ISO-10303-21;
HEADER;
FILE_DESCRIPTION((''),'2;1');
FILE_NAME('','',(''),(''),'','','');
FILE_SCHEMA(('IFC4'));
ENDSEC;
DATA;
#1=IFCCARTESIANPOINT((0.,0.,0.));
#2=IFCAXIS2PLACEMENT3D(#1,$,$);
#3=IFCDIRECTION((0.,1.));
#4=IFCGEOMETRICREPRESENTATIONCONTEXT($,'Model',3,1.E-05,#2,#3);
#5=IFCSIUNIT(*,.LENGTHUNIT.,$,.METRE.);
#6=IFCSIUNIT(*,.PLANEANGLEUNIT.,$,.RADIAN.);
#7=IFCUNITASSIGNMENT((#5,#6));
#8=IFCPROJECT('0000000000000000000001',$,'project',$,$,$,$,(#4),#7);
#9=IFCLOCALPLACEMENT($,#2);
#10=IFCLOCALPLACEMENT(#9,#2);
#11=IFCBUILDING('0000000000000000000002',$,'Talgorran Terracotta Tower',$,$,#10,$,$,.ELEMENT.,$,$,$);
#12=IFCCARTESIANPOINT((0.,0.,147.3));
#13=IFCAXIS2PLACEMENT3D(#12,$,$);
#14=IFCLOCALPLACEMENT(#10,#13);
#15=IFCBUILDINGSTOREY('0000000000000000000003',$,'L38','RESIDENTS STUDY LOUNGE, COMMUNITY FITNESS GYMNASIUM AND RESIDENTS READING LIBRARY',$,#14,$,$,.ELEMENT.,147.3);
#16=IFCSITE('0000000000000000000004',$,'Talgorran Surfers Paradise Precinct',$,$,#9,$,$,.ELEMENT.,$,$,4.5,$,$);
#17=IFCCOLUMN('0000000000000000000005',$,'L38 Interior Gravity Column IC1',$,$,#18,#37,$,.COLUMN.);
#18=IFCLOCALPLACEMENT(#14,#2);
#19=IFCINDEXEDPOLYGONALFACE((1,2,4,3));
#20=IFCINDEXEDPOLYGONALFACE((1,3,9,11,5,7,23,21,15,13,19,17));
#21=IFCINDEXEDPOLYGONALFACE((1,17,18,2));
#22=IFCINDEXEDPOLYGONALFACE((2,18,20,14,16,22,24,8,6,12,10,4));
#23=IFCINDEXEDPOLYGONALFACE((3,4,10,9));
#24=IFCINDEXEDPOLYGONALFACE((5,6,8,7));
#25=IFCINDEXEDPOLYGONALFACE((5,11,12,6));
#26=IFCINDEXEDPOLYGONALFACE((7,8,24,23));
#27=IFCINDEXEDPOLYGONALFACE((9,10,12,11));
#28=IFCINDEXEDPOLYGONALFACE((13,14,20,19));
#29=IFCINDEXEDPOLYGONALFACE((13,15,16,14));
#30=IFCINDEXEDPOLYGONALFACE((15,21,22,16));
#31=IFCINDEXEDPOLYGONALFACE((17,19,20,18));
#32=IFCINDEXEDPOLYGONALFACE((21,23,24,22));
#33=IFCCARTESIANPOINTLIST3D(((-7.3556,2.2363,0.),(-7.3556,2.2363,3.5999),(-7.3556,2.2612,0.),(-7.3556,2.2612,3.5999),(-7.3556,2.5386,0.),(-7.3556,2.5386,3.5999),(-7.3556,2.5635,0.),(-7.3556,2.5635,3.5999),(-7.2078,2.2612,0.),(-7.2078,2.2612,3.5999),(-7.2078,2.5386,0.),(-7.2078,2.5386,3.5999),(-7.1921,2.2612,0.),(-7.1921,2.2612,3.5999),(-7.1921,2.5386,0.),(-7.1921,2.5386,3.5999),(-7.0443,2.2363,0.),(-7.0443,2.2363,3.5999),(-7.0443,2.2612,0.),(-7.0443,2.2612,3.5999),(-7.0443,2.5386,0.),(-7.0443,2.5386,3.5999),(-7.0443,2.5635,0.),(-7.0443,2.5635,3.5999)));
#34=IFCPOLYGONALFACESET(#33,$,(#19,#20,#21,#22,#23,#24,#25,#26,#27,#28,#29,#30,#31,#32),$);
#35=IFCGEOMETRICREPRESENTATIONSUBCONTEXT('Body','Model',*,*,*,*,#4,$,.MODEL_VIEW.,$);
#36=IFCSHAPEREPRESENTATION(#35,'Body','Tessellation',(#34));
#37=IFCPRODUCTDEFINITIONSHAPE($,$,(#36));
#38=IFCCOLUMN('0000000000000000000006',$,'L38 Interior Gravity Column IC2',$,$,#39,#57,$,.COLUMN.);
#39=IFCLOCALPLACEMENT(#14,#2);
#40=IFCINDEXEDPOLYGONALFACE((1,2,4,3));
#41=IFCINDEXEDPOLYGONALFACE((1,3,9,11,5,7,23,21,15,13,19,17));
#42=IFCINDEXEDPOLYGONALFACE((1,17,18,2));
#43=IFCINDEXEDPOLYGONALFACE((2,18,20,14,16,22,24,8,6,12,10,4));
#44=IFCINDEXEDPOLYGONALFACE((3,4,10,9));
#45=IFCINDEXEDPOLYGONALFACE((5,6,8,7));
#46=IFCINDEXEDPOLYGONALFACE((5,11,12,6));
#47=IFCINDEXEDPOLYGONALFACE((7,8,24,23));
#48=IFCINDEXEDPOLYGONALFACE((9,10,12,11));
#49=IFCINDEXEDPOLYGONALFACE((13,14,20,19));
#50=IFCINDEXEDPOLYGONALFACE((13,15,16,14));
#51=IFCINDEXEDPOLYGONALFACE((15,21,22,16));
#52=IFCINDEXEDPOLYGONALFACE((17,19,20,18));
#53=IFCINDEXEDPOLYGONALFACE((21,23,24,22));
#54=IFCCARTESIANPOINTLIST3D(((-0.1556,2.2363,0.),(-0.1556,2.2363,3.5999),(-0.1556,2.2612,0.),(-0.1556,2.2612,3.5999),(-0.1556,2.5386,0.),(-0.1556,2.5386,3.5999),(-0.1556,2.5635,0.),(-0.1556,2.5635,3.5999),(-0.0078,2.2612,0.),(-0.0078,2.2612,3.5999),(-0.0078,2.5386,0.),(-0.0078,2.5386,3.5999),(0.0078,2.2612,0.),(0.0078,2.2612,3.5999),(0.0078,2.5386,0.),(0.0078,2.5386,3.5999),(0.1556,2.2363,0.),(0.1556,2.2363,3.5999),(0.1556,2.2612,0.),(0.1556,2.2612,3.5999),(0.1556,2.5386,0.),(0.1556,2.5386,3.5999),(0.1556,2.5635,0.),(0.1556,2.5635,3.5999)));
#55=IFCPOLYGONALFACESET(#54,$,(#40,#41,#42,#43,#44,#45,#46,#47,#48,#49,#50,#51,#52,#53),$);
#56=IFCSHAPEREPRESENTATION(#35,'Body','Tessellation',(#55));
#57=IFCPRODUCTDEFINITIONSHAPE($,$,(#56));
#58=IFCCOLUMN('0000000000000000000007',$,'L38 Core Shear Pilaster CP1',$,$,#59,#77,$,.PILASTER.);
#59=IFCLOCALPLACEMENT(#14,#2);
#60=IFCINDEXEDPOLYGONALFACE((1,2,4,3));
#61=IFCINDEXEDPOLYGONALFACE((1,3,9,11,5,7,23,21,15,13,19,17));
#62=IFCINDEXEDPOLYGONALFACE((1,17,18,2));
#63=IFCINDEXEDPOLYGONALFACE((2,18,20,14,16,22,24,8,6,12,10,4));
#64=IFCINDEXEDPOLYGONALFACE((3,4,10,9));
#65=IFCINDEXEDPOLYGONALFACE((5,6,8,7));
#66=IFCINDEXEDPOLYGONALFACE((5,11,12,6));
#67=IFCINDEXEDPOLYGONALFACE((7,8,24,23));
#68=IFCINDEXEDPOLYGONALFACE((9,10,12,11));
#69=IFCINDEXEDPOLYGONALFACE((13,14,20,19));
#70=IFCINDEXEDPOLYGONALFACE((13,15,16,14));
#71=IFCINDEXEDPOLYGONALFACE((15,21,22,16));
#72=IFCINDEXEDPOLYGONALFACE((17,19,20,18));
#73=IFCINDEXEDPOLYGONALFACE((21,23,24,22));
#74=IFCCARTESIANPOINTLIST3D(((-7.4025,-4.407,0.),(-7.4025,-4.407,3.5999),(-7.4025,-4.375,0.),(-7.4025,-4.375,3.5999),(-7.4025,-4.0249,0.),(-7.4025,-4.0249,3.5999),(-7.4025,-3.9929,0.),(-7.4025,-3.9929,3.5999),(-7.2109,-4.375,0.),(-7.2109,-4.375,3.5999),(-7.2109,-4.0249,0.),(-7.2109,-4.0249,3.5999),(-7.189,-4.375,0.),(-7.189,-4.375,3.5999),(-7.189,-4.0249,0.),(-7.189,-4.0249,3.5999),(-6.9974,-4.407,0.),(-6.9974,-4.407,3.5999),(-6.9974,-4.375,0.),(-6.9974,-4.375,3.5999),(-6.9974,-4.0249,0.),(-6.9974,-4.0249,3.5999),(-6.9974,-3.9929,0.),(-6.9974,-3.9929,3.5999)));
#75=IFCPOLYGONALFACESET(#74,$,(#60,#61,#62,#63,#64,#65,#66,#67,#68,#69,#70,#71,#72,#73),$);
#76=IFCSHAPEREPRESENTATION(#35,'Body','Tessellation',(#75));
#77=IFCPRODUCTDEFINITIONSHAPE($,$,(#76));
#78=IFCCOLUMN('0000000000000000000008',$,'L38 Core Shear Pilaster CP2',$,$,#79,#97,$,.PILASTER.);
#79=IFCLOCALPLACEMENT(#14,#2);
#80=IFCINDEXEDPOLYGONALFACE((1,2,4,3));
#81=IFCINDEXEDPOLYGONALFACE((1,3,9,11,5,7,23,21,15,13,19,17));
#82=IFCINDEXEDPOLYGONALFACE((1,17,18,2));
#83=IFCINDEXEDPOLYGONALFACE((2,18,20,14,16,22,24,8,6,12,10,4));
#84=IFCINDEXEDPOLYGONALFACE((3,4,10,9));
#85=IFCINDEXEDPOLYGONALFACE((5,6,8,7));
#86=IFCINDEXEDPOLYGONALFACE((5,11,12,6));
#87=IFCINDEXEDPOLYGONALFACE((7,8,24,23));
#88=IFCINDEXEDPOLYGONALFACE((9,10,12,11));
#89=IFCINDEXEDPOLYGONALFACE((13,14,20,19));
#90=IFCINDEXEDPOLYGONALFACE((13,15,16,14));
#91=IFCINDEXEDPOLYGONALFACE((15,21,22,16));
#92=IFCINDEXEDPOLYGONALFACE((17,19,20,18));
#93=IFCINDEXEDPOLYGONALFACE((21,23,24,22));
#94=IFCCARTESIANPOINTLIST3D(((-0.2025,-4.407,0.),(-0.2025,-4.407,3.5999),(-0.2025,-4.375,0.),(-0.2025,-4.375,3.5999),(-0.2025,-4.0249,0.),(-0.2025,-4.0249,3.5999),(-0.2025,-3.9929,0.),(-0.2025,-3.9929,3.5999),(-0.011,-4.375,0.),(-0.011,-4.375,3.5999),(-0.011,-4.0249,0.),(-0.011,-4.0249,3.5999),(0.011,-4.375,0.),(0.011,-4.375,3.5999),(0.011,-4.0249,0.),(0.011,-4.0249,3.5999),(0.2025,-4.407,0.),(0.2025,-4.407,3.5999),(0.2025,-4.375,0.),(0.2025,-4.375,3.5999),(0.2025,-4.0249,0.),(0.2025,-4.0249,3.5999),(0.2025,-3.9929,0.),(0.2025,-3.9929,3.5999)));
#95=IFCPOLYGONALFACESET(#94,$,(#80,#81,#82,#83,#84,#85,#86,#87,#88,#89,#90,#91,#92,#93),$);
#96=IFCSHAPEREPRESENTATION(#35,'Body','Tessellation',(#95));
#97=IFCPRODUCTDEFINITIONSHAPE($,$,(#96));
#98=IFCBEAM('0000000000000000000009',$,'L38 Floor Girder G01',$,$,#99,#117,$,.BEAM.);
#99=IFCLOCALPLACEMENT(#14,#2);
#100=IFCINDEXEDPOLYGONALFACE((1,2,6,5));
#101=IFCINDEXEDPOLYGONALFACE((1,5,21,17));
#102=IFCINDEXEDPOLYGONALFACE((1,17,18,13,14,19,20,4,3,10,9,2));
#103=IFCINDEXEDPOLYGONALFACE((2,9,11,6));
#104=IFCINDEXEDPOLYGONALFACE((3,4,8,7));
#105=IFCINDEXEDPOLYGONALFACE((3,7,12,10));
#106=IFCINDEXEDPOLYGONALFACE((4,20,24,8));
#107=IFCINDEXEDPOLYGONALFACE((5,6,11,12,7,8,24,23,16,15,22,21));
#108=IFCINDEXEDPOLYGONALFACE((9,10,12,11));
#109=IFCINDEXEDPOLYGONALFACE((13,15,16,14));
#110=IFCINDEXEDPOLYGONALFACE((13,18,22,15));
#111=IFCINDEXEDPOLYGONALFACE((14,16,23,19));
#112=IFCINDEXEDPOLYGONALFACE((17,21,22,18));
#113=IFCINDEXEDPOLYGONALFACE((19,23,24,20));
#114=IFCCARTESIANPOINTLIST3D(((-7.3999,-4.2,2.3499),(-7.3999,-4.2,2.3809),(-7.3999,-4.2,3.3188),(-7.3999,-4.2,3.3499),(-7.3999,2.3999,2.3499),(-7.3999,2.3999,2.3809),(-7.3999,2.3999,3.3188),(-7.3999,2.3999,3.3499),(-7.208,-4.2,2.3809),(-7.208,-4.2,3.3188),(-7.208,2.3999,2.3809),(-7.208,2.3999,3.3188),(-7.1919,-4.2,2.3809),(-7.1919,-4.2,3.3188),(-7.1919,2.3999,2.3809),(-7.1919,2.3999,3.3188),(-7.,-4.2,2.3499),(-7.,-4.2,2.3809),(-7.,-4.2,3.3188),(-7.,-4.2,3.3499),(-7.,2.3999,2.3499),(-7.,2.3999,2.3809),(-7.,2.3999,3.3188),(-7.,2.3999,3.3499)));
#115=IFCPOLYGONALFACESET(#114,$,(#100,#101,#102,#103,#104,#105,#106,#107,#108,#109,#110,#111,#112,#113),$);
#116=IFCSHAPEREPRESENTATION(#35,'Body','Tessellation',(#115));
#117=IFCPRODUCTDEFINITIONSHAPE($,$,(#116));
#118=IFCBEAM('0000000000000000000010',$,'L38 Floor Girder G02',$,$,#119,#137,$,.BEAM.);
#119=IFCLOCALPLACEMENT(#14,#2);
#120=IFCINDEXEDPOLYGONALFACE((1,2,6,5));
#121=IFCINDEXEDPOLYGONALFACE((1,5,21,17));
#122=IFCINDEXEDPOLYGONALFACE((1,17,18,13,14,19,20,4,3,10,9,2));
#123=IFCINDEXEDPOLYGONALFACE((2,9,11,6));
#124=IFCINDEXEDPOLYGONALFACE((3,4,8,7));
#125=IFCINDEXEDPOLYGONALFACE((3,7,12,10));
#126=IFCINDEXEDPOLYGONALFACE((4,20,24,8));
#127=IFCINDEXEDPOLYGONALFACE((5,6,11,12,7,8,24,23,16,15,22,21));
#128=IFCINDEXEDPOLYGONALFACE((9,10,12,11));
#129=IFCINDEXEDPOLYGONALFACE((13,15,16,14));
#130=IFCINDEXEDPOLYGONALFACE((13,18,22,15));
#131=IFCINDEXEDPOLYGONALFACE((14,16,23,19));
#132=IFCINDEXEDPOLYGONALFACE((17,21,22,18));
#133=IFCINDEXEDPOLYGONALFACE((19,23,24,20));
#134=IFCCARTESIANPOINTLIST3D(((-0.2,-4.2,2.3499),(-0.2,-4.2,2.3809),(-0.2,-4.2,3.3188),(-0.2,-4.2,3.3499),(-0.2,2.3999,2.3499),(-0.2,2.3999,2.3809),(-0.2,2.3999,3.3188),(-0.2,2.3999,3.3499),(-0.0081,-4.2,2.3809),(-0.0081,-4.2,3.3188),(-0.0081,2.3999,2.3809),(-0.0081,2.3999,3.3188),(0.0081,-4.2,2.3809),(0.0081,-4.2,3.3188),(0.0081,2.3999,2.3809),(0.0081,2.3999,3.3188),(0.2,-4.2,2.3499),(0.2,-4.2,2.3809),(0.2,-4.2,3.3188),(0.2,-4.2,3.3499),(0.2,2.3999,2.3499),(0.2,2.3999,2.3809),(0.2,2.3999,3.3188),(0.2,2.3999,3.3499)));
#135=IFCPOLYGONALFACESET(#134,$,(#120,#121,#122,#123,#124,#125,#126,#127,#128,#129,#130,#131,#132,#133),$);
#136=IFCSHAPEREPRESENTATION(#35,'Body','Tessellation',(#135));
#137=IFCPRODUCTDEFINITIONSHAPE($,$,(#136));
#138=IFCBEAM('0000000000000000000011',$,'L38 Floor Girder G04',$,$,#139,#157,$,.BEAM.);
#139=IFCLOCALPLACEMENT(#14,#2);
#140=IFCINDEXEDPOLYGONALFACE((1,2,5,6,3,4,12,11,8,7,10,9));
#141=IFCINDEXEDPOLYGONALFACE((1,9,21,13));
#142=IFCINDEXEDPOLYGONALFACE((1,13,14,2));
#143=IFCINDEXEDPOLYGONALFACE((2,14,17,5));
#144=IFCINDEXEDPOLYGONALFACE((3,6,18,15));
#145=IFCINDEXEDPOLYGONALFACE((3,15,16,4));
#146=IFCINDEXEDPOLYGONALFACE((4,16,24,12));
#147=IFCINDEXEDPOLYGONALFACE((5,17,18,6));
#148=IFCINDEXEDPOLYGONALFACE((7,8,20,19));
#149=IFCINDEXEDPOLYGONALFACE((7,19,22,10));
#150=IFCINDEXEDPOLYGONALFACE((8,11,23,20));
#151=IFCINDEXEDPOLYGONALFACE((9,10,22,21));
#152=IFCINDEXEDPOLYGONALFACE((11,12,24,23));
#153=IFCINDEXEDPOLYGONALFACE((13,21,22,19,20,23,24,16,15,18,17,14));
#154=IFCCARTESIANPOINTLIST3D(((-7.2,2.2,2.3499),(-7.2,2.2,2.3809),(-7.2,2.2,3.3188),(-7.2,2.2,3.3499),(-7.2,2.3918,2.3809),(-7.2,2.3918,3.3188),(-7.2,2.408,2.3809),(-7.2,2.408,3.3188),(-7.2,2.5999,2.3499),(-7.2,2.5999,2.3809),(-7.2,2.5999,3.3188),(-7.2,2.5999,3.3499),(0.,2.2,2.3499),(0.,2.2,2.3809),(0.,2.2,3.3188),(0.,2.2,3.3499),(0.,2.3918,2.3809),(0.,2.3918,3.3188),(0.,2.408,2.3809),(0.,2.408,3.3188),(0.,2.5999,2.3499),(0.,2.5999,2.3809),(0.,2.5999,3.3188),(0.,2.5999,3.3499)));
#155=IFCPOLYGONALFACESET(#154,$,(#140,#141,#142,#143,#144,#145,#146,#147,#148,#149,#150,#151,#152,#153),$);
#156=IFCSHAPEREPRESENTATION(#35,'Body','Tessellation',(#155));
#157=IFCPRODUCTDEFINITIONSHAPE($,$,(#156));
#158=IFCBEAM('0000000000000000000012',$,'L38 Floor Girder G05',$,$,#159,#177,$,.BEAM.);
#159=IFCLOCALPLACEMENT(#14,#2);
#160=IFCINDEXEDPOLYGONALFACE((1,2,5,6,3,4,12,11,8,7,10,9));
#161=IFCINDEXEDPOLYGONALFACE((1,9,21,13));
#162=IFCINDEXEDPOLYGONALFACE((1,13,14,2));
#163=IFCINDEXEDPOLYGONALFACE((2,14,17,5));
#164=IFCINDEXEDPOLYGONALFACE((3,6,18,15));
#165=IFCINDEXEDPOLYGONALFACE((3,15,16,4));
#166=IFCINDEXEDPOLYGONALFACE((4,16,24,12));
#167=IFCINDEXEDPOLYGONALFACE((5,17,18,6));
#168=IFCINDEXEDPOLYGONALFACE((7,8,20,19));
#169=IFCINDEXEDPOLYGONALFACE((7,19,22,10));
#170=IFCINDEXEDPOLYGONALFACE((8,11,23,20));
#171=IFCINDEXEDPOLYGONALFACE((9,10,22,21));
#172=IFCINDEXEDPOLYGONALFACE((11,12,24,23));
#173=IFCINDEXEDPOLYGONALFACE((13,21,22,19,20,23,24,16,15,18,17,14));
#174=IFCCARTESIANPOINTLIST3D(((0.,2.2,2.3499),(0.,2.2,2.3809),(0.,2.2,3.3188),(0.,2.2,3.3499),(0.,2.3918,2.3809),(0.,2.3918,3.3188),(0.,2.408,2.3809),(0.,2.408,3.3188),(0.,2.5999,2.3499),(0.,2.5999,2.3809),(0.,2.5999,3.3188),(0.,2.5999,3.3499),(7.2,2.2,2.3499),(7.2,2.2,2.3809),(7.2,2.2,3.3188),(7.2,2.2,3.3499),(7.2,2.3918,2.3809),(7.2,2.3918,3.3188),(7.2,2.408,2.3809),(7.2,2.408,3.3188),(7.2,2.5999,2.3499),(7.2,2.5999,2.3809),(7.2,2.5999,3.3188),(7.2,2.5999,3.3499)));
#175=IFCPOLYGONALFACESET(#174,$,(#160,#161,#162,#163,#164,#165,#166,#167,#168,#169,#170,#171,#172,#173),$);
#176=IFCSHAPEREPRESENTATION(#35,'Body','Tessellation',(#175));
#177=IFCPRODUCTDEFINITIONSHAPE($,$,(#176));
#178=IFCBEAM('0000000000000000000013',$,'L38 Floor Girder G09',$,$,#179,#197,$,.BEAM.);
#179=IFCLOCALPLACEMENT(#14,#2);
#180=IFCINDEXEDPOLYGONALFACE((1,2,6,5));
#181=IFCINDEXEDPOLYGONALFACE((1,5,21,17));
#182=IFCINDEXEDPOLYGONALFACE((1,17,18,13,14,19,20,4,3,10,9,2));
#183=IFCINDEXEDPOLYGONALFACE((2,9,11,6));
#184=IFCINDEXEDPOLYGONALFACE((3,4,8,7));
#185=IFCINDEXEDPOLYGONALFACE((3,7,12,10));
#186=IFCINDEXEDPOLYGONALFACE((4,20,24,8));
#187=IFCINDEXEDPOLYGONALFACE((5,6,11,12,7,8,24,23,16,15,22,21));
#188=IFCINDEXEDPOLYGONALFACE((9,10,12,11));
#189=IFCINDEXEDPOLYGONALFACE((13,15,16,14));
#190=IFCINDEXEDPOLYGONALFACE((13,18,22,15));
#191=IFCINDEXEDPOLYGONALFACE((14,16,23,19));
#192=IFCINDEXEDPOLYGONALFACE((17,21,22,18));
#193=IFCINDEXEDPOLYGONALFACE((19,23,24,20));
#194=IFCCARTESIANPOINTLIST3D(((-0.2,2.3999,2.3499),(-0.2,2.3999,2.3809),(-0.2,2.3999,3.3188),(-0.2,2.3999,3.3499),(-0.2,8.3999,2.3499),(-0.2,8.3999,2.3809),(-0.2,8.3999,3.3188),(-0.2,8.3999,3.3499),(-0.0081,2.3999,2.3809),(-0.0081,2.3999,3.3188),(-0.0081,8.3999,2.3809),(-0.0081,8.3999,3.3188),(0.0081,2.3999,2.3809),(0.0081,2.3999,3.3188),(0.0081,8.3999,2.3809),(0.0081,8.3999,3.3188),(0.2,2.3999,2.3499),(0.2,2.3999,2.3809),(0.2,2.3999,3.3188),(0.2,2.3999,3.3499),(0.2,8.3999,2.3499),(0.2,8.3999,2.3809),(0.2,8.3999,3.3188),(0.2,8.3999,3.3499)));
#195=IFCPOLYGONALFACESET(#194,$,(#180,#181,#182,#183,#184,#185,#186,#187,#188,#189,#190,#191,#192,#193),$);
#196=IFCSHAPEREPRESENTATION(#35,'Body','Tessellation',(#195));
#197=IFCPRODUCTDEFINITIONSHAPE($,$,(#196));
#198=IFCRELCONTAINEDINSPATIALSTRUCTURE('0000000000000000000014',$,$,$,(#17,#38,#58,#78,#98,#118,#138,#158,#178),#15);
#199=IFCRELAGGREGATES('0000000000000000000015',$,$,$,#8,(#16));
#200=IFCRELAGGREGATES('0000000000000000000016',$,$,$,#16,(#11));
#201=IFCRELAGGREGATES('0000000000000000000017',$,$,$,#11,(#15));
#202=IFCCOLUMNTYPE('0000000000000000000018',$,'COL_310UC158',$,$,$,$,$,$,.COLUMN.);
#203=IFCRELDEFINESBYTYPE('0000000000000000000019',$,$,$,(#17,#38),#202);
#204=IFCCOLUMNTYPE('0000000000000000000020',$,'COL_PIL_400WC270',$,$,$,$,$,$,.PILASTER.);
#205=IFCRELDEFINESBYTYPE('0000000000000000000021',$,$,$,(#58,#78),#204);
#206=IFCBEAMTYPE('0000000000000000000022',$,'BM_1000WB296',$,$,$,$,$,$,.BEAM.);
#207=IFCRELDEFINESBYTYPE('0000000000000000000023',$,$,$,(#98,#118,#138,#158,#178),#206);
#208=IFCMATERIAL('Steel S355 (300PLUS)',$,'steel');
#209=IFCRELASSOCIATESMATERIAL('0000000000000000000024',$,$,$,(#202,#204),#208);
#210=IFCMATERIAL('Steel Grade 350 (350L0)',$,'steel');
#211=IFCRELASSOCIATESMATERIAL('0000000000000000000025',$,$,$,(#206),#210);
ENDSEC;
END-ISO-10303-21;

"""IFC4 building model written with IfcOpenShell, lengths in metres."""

from ifc_helpers import new_model, si_unit, direction, frame, origin, origin_2d, place, context, subcontext, project, spatial, i_section, extrude, material, material_profile, profile_set, type_object, element, save


model = new_model("IFC4")

# Units and contexts
model_context = context("Model", 3, precision=1e-05, world=origin(), true_north=direction((0.0, 1.0)))
body_context = subcontext(model_context, "Body", "Model", "MODEL_VIEW")
ifc_project = project(units=[si_unit("LENGTHUNIT", "METRE"), si_unit("PLANEANGLEUNIT", "RADIAN")], contexts=[model_context])

# Site, building, storey
site_placement = place(None, origin())
site = spatial("IfcSite", under=ifc_project, at=site_placement, Name="Talgorran Surfers Paradise Precinct", CompositionType="ELEMENT", RefElevation=4.5)
building_placement = place(site_placement, origin())
building = spatial("IfcBuilding", under=site, at=building_placement, Name="Talgorran Terracotta Tower", CompositionType="ELEMENT")
storey_placement = place(building_placement, frame((0.0, 0.0, 147.3)))
storey = spatial("IfcBuildingStorey", under=building, at=storey_placement, Name="L38", Description="RESIDENTS STUDY LOUNGE, COMMUNITY FITNESS GYMNASIUM AND RESIDENTS READING LIBRARY", CompositionType="ELEMENT", Elevation=147.3)

# Columns
ifc_material_1 = material(Name="Steel S355 (300PLUS)", Category="steel")
ifc_material_profile_1 = material_profile(ifc_material_1, i_section(OverallWidth=0.3113, OverallDepth=0.3271, WebThickness=0.0156, FlangeThickness=0.0249, at=origin_2d()), Name="310UC158")
ifc_profile_set_1 = profile_set([ifc_material_profile_1], Name="Steel S355 (300PLUS)")
column_type_1 = type_object("IfcColumnType", Name="COL_310UC158", PredefinedType="COLUMN", material=ifc_profile_set_1)
for number, where, z_axis, x_axis, name in (
    (1, (-7.2, 2.3999, 0.0), (0.0, 0.0, 1.0), (1.0, 0.0, 0.0), "L38 Interior Gravity Column IC1"),
    (2, (0.0, 2.3999, 0.0), (0.0, 0.0, 1.0), (1.0, 0.0, 0.0), "L38 Interior Gravity Column IC2"),
):
    element("IfcColumn", number, at=place(storey_placement, frame(where, z_axis=z_axis, x_axis=x_axis)), inside=storey, type_object=column_type_1, Name=name, PredefinedType="COLUMN", context=body_context, shape_type="SweptSolid", body=[
        extrude(i_section(OverallWidth=0.3113, OverallDepth=0.3271, WebThickness=0.0156, FlangeThickness=0.0249, at=origin_2d()), origin(), (0.0, 0.0, 1.0), 3.5999),
    ])
ifc_material_profile_2 = material_profile(ifc_material_1, i_section(OverallWidth=0.405, OverallDepth=0.4141, WebThickness=0.022, FlangeThickness=0.032, at=origin_2d()), Name="400WC270")
ifc_profile_set_2 = profile_set([ifc_material_profile_2], Name="Steel S355 (300PLUS)")
column_type_2 = type_object("IfcColumnType", Name="COL_PIL_400WC270", PredefinedType="PILASTER", material=ifc_profile_set_2)
for number, where, z_axis, x_axis, name in (
    (3, (-7.2, -4.2, 0.0), (0.0, 0.0, 1.0), (1.0, 0.0, 0.0), "L38 Core Shear Pilaster CP1"),
    (4, (0.0, -4.2, 0.0), (0.0, 0.0, 1.0), (1.0, 0.0, 0.0), "L38 Core Shear Pilaster CP2"),
):
    element("IfcColumn", number, at=place(storey_placement, frame(where, z_axis=z_axis, x_axis=x_axis)), inside=storey, type_object=column_type_2, Name=name, PredefinedType="PILASTER", context=body_context, shape_type="SweptSolid", body=[
        extrude(i_section(OverallWidth=0.405, OverallDepth=0.4141, WebThickness=0.022, FlangeThickness=0.032, at=origin_2d()), origin(), (0.0, 0.0, 1.0), 3.5999),
    ])

# Beams
ifc_material_2 = material(Name="Steel Grade 350 (350L0)", Category="steel")
ifc_material_profile_3 = material_profile(ifc_material_2, i_section(OverallWidth=0.3999, OverallDepth=1.0, WebThickness=0.0161, FlangeThickness=0.031, at=origin_2d()), Name="1000WB296")
ifc_profile_set_3 = profile_set([ifc_material_profile_3], Name="Steel Grade 350 (350L0)")
beam_type_1 = type_object("IfcBeamType", Name="BM_1000WB296", PredefinedType="BEAM", material=ifc_profile_set_3)
for number, where, z_axis, x_axis, name in (
    (5, (-7.2, -4.2, 2.8499), (0.0, 1.0, 0.0), (-1.0, 0.0, 0.0), "L38 Floor Girder G01"),
    (6, (0.0, -4.2, 2.8499), (0.0, 1.0, 0.0), (-1.0, 0.0, 0.0), "L38 Floor Girder G02"),
):
    element("IfcBeam", number, at=place(storey_placement, frame(where, z_axis=z_axis, x_axis=x_axis)), inside=storey, type_object=beam_type_1, Name=name, PredefinedType="BEAM", context=body_context, shape_type="SweptSolid", body=[
        extrude(i_section(OverallWidth=0.3999, OverallDepth=1.0, WebThickness=0.0161, FlangeThickness=0.031, at=origin_2d()), origin(), (0.0, 0.0, 1.0), 6.5999),
    ])
for number, where, z_axis, x_axis, name in (
    (7, (-7.2, 2.3999, 2.8499), (1.0, 0.0, 0.0), (0.0, 1.0, 0.0), "L38 Floor Girder G04"),
    (8, (0.0, 2.3999, 2.8499), (1.0, 0.0, 0.0), (0.0, 1.0, 0.0), "L38 Floor Girder G05"),
):
    element("IfcBeam", number, at=place(storey_placement, frame(where, z_axis=z_axis, x_axis=x_axis)), inside=storey, type_object=beam_type_1, Name=name, PredefinedType="BEAM", context=body_context, shape_type="SweptSolid", body=[
        extrude(i_section(OverallWidth=0.3999, OverallDepth=1.0, WebThickness=0.0161, FlangeThickness=0.031, at=origin_2d()), origin(), (0.0, 0.0, 1.0), 7.2),
    ])
beam_1_placement = place(storey_placement, frame((0.0, 2.3999, 2.8499), z_axis=(0.0, 1.0, 0.0), x_axis=(-1.0, 0.0, 0.0)))
element("IfcBeam", 9, at=beam_1_placement, inside=storey, type_object=beam_type_1, Name="L38 Floor Girder G09", PredefinedType="BEAM", context=body_context, shape_type="SweptSolid", body=[
    extrude(i_section(OverallWidth=0.3999, OverallDepth=1.0, WebThickness=0.0161, FlangeThickness=0.031, at=origin_2d()), origin(), (0.0, 0.0, 1.0), 6.0),
])

save(model, "model.ifc")
